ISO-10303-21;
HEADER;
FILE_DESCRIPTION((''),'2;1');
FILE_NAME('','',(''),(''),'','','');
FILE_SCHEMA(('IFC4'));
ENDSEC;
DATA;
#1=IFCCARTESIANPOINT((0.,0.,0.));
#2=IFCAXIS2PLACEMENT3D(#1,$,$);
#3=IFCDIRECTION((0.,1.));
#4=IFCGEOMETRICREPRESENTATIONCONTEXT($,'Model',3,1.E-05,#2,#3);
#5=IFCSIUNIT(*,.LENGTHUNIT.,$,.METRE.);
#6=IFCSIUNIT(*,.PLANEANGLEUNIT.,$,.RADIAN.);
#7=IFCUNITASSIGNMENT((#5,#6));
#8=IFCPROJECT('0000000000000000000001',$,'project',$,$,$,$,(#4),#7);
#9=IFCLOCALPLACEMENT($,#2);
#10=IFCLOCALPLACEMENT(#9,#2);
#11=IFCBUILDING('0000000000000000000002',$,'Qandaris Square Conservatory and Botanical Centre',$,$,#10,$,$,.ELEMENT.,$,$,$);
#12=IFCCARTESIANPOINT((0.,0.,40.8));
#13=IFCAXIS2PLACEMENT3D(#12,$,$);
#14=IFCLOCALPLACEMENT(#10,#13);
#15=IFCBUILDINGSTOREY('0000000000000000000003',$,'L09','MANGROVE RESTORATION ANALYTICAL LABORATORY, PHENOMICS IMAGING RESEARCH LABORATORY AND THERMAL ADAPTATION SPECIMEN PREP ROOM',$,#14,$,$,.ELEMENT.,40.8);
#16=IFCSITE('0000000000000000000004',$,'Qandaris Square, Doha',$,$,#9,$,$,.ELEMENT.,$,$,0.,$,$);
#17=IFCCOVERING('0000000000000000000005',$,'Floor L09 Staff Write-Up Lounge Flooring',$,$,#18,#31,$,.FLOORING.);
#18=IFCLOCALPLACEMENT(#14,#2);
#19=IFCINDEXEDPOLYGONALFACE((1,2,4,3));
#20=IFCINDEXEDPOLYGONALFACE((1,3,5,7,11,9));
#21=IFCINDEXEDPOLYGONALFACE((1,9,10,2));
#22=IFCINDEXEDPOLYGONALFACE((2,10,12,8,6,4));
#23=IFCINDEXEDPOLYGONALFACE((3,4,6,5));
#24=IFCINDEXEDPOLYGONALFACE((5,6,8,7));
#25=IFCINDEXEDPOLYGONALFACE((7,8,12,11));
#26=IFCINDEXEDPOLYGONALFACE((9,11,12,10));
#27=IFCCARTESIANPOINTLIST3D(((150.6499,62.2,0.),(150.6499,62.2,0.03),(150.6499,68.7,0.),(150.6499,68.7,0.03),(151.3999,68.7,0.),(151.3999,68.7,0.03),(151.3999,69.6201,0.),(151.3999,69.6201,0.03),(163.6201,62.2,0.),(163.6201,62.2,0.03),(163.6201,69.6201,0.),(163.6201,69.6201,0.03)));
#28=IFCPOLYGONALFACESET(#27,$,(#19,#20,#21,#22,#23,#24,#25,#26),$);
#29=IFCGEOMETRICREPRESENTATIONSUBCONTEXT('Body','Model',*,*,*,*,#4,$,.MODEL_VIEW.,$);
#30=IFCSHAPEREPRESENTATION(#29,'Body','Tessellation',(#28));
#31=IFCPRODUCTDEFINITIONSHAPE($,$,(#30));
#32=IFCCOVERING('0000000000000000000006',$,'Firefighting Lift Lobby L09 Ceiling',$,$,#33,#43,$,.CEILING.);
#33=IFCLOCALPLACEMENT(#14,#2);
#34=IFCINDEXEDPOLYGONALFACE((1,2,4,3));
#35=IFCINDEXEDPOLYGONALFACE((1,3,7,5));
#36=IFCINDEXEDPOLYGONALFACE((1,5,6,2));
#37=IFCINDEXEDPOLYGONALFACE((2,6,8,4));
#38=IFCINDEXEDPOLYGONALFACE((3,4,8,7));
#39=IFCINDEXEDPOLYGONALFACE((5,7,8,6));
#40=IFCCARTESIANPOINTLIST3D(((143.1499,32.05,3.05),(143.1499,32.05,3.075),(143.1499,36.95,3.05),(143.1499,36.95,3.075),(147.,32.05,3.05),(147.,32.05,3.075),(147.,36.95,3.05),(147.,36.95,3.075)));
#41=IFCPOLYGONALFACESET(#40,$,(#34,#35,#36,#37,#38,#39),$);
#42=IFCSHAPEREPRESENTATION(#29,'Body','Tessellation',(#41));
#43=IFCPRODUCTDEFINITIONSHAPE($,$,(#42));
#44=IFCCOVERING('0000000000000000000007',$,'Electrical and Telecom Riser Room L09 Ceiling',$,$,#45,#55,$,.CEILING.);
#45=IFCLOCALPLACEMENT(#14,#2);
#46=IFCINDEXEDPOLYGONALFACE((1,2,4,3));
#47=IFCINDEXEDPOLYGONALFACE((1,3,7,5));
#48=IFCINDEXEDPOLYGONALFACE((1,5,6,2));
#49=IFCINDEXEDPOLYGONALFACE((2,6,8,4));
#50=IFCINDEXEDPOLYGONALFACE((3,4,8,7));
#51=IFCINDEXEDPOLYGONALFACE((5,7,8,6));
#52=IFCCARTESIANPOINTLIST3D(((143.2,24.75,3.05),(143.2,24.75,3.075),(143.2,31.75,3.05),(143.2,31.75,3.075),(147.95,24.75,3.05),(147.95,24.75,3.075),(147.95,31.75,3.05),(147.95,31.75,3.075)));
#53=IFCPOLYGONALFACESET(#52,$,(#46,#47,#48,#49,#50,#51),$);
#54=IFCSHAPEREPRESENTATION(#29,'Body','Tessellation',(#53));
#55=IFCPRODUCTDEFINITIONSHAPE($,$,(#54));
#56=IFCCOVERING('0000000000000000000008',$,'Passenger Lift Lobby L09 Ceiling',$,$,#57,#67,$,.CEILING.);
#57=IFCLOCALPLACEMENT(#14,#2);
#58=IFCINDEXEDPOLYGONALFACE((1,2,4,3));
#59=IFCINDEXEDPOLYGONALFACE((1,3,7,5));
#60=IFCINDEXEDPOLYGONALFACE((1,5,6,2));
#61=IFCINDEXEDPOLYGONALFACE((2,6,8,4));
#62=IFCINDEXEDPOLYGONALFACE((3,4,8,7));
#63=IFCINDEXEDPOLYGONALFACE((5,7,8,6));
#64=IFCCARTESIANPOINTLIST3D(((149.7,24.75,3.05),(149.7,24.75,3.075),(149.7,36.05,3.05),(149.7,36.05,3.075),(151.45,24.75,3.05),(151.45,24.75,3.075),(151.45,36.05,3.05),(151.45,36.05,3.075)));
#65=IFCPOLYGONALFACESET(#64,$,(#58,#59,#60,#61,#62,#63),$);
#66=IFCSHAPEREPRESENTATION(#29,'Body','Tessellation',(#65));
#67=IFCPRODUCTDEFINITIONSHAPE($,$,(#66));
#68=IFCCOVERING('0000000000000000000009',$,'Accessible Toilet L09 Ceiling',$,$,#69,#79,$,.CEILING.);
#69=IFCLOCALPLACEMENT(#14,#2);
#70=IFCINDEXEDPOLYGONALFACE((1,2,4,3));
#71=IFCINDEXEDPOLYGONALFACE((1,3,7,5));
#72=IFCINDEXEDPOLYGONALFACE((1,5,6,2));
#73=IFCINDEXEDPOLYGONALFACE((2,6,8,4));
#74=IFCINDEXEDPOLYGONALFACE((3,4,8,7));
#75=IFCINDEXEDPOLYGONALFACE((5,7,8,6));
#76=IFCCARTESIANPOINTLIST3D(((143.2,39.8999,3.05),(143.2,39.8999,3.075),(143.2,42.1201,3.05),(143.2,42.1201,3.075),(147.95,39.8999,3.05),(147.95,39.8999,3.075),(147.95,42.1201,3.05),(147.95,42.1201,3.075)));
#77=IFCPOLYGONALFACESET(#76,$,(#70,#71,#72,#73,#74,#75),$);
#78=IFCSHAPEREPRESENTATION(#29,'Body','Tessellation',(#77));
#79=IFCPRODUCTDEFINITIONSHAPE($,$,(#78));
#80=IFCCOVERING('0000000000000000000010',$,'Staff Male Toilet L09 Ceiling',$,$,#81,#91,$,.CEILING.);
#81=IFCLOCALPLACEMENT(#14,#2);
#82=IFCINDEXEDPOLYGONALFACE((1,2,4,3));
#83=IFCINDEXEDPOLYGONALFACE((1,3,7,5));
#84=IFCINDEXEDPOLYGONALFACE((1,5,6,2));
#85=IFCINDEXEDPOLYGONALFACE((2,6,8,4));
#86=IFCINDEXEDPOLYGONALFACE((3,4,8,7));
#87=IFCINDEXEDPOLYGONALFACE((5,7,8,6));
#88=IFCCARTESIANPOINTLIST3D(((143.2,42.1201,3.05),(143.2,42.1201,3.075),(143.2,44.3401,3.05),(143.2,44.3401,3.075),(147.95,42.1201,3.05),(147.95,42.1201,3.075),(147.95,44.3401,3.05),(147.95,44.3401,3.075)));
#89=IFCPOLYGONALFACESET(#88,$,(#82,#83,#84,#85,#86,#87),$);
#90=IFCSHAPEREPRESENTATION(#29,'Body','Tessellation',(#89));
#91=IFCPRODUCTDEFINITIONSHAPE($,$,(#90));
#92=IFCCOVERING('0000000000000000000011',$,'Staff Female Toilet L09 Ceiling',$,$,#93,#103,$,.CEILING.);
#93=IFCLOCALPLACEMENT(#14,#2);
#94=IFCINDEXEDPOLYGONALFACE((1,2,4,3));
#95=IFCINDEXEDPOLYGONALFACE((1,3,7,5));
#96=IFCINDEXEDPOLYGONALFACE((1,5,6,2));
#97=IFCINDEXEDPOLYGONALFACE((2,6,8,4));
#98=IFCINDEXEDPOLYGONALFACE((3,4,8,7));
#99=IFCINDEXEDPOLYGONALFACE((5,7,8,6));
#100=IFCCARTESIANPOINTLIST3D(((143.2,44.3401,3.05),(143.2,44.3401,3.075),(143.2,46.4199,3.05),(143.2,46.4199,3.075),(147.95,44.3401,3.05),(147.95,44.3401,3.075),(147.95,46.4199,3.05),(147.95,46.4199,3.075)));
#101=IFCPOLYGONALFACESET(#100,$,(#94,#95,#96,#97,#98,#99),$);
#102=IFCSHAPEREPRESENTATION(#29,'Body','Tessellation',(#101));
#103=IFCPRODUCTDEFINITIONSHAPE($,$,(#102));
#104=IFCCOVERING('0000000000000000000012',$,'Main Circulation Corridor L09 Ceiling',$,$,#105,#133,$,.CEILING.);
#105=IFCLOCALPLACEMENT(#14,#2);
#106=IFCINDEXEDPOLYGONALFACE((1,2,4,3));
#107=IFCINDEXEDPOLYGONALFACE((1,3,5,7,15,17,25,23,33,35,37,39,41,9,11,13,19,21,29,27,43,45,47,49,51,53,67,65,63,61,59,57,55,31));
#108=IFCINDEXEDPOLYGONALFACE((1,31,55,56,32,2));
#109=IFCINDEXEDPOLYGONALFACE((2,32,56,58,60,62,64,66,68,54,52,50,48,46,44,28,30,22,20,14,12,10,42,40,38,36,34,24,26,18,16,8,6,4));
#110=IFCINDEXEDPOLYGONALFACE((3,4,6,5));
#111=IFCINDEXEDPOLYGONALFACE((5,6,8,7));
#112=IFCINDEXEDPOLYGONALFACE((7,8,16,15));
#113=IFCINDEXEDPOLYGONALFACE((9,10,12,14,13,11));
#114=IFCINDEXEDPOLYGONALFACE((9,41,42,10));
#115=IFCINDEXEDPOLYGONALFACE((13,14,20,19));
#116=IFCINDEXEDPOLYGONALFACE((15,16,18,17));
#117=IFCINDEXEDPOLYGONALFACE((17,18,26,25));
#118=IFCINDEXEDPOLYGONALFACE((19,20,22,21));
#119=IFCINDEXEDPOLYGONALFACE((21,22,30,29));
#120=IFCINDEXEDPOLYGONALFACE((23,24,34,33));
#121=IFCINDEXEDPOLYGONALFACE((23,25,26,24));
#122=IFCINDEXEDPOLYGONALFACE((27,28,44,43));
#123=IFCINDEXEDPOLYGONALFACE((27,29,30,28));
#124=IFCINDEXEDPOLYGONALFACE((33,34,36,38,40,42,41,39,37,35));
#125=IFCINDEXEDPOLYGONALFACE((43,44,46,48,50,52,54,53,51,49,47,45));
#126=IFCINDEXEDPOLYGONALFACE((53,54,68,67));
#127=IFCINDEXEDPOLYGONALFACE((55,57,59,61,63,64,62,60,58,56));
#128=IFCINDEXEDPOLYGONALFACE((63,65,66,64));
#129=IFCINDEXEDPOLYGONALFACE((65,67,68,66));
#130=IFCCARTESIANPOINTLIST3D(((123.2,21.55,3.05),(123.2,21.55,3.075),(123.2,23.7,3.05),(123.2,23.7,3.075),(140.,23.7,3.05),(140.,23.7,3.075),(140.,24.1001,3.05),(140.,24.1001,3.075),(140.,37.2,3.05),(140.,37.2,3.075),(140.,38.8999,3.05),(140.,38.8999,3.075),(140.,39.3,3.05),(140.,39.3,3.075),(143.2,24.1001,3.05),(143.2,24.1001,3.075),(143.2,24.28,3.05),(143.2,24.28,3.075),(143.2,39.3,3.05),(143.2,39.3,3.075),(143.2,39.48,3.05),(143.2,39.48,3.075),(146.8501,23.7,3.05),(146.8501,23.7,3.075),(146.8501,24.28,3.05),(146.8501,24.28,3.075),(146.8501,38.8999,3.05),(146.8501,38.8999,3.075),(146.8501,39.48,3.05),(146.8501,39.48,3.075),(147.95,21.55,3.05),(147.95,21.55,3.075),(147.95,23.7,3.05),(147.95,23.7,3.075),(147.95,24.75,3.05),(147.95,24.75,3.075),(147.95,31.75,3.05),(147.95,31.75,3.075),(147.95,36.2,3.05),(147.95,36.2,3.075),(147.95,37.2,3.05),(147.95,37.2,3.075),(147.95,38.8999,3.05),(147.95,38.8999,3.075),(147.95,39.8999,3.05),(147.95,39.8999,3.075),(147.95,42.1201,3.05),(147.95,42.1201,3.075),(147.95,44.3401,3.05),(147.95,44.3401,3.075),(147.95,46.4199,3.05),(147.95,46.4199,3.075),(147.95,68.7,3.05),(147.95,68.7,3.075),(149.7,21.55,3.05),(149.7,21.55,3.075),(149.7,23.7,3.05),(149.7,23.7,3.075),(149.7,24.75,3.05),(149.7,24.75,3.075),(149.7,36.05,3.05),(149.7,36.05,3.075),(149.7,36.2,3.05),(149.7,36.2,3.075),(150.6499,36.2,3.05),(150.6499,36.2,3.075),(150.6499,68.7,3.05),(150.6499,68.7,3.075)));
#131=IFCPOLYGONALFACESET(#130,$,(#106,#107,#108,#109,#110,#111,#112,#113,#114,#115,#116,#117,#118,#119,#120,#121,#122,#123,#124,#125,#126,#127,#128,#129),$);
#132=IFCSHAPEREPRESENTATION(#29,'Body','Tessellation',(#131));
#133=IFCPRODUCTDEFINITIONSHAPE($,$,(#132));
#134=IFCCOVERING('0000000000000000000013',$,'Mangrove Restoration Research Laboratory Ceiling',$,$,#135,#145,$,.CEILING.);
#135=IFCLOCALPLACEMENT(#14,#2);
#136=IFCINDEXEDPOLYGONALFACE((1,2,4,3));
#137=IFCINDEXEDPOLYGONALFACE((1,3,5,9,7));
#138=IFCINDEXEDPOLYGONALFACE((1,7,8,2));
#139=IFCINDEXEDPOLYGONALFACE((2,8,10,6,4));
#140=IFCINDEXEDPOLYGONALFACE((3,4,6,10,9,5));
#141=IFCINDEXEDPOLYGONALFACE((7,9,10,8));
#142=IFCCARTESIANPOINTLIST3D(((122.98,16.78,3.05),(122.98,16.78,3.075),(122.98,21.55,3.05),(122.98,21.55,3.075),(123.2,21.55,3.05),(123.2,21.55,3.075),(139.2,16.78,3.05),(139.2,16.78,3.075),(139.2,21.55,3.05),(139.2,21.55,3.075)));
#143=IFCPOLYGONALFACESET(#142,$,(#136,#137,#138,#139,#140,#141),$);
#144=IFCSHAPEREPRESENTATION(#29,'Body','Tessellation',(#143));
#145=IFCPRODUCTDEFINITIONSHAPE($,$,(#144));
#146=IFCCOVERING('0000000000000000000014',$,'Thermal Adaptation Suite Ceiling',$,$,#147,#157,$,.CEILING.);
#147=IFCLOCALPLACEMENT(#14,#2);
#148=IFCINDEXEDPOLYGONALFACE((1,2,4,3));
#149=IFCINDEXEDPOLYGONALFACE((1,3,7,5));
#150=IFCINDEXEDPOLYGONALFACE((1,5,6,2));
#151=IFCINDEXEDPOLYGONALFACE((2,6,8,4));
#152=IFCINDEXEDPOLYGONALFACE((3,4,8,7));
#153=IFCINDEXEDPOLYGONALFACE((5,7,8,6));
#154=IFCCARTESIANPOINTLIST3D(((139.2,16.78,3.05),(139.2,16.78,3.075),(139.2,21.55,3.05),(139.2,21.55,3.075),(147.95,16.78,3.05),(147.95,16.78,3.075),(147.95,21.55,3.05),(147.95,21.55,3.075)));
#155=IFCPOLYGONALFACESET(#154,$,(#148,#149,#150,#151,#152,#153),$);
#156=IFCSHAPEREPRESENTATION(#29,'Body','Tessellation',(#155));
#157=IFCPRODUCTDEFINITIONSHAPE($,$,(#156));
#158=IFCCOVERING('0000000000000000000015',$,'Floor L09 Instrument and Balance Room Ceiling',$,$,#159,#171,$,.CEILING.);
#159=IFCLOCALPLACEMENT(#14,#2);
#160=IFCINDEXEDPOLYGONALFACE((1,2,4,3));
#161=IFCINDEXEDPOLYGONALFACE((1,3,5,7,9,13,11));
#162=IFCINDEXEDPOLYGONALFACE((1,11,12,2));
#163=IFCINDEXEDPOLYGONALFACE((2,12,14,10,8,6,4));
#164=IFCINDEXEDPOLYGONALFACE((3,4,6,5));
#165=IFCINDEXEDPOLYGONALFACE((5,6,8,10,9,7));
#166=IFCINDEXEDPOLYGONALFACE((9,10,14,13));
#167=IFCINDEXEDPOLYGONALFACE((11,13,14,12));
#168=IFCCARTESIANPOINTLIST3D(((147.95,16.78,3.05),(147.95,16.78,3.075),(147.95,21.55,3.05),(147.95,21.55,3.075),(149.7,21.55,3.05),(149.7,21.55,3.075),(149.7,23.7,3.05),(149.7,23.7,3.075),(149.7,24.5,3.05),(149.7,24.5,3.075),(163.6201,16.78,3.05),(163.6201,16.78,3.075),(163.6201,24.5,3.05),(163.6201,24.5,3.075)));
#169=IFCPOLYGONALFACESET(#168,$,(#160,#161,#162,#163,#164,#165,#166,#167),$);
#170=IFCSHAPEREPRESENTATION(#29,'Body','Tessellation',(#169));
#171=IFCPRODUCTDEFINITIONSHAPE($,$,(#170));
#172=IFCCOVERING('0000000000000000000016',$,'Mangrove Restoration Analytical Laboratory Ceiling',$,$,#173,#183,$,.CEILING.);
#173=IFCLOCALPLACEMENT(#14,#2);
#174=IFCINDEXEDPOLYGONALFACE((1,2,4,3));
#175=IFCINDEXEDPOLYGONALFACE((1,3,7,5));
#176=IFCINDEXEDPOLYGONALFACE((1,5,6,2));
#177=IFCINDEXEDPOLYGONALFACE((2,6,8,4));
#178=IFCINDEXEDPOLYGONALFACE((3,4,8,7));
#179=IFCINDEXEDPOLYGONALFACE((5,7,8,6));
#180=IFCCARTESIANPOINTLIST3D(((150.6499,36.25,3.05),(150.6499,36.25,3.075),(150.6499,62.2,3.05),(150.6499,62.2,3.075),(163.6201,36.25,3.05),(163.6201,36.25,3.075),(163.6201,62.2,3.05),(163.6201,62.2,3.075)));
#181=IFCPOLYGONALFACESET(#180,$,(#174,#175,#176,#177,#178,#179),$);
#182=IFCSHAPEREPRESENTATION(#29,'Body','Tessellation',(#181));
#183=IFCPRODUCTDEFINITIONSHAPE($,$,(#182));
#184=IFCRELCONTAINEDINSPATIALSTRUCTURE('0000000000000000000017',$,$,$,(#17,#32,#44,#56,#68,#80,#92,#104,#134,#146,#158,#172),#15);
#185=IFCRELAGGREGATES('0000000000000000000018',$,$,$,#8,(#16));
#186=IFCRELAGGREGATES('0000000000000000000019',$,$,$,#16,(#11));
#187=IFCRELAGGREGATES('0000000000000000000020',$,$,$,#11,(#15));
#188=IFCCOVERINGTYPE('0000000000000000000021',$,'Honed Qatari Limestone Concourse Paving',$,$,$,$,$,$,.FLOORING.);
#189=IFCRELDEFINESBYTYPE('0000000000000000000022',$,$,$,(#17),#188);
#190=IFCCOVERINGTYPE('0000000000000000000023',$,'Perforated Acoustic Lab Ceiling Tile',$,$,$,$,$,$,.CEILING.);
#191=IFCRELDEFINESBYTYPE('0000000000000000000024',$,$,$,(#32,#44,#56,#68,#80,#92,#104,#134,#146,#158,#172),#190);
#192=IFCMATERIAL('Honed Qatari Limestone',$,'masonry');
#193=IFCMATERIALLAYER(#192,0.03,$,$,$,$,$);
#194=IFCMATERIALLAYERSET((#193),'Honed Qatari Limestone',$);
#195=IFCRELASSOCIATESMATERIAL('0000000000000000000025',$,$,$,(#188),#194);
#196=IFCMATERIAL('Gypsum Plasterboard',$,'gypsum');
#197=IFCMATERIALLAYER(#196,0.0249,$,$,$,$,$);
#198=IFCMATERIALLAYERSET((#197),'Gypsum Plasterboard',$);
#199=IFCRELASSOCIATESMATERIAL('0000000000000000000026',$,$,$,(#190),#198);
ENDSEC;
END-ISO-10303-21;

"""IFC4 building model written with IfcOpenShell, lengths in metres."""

from ifc_helpers import new_model, si_unit, direction, frame, origin, place, context, subcontext, project, spatial, polyline, outline, extrude, material, layer, layer_set, type_object, element, save


model = new_model("IFC4")

# Units and contexts
model_context = context("Model", 3, precision=1e-05, world=origin(), true_north=direction((0.0, 1.0)))
body_context = subcontext(model_context, "Body", "Model", "MODEL_VIEW")
ifc_project = project(units=[si_unit("LENGTHUNIT", "METRE"), si_unit("PLANEANGLEUNIT", "RADIAN")], contexts=[model_context])

# Site, building, storey
site_placement = place(None, origin())
site = spatial("IfcSite", under=ifc_project, at=site_placement, Name="Qandaris Square, Doha", CompositionType="ELEMENT", RefElevation=0.0)
building_placement = place(site_placement, origin())
building = spatial("IfcBuilding", under=site, at=building_placement, Name="Qandaris Square Conservatory and Botanical Centre", CompositionType="ELEMENT")
storey_placement = place(building_placement, frame((0.0, 0.0, 40.8)))
storey = spatial("IfcBuildingStorey", under=building, at=storey_placement, Name="L09", Description="MANGROVE RESTORATION ANALYTICAL LABORATORY, PHENOMICS IMAGING RESEARCH LABORATORY AND THERMAL ADAPTATION SPECIMEN PREP ROOM", CompositionType="ELEMENT", Elevation=40.8)

# Coverings
ifc_material_1 = material(Name="Honed Qatari Limestone", Category="masonry")
ifc_layer_1 = layer(ifc_material_1, 0.03)
ifc_layer_set_1 = layer_set([ifc_layer_1], Name="Honed Qatari Limestone")
covering_type_1 = type_object("IfcCoveringType", Name="Honed Qatari Limestone Concourse Paving", PredefinedType="FLOORING", material=ifc_layer_set_1)
covering_1_placement = place(storey_placement, origin())
element("IfcCovering", 1, at=covering_1_placement, inside=storey, type_object=covering_type_1, Name="Floor L09 Staff Write-Up Lounge Flooring", PredefinedType="FLOORING", context=body_context, shape_type="SweptSolid", body=[
    extrude(outline(polyline([(150.6499, 62.2), (150.6499, 68.7), (151.3999, 68.7), (151.3999, 69.6201), (163.6201, 69.6201), (163.6201, 62.2), (150.6499, 62.2)])), origin(), (0.0, 0.0, 1.0), 0.03),
])
ifc_material_2 = material(Name="Gypsum Plasterboard", Category="gypsum")
ifc_layer_2 = layer(ifc_material_2, 0.0249)
ifc_layer_set_2 = layer_set([ifc_layer_2], Name="Gypsum Plasterboard")
covering_type_2 = type_object("IfcCoveringType", Name="Perforated Acoustic Lab Ceiling Tile", PredefinedType="CEILING", material=ifc_layer_set_2)
covering_2_placement = place(storey_placement, frame((0.0, 0.0, 3.05)))
element("IfcCovering", 2, at=covering_2_placement, inside=storey, type_object=covering_type_2, Name="Firefighting Lift Lobby L09 Ceiling", PredefinedType="CEILING", context=body_context, shape_type="SweptSolid", body=[
    extrude(outline(polyline([(143.1499, 36.95), (147.0, 36.95), (147.0, 32.05), (143.1499, 32.05), (143.1499, 36.95)])), origin(), (0.0, 0.0, 1.0), 0.0249),
])
covering_3_placement = place(storey_placement, frame((0.0, 0.0, 3.05)))
element("IfcCovering", 3, at=covering_3_placement, inside=storey, type_object=covering_type_2, Name="Electrical and Telecom Riser Room L09 Ceiling", PredefinedType="CEILING", context=body_context, shape_type="SweptSolid", body=[
    extrude(outline(polyline([(147.95, 31.75), (147.95, 24.75), (143.2, 24.75), (143.2, 31.75), (147.95, 31.75)])), origin(), (0.0, 0.0, 1.0), 0.0249),
])
covering_4_placement = place(storey_placement, frame((0.0, 0.0, 3.05)))
element("IfcCovering", 4, at=covering_4_placement, inside=storey, type_object=covering_type_2, Name="Passenger Lift Lobby L09 Ceiling", PredefinedType="CEILING", context=body_context, shape_type="SweptSolid", body=[
    extrude(outline(polyline([(149.7, 36.05), (151.45, 36.05), (151.45, 24.75), (149.7, 24.75), (149.7, 36.05)])), origin(), (0.0, 0.0, 1.0), 0.0249),
])
covering_5_placement = place(storey_placement, frame((0.0, 0.0, 3.05)))
element("IfcCovering", 5, at=covering_5_placement, inside=storey, type_object=covering_type_2, Name="Accessible Toilet L09 Ceiling", PredefinedType="CEILING", context=body_context, shape_type="SweptSolid", body=[
    extrude(outline(polyline([(147.95, 42.1201), (147.95, 39.8999), (143.2, 39.8999), (143.2, 42.1201), (147.95, 42.1201)])), origin(), (0.0, 0.0, 1.0), 0.0249),
])
covering_6_placement = place(storey_placement, frame((0.0, 0.0, 3.05)))
element("IfcCovering", 6, at=covering_6_placement, inside=storey, type_object=covering_type_2, Name="Staff Male Toilet L09 Ceiling", PredefinedType="CEILING", context=body_context, shape_type="SweptSolid", body=[
    extrude(outline(polyline([(147.95, 44.3401), (147.95, 42.1201), (143.2, 42.1201), (143.2, 44.3401), (147.95, 44.3401)])), origin(), (0.0, 0.0, 1.0), 0.0249),
])
covering_7_placement = place(storey_placement, frame((0.0, 0.0, 3.05)))
element("IfcCovering", 7, at=covering_7_placement, inside=storey, type_object=covering_type_2, Name="Staff Female Toilet L09 Ceiling", PredefinedType="CEILING", context=body_context, shape_type="SweptSolid", body=[
    extrude(outline(polyline([(147.95, 46.4199), (147.95, 44.3401), (143.2, 44.3401), (143.2, 46.4199), (147.95, 46.4199)])), origin(), (0.0, 0.0, 1.0), 0.0249),
])
covering_8_placement = place(storey_placement, frame((0.0, 0.0, 3.05)))
element("IfcCovering", 8, at=covering_8_placement, inside=storey, type_object=covering_type_2, Name="Main Circulation Corridor L09 Ceiling", PredefinedType="CEILING", context=body_context, shape_type="SweptSolid", body=[
    extrude(outline(polyline([(140.0, 24.1001), (143.2, 24.1001), (143.2, 24.28), (146.8501, 24.28), (146.8501, 23.7), (147.95, 23.7), (147.95, 24.75), (147.95, 31.75), (147.95, 36.2), (147.95, 37.2), (140.0, 37.2), (140.0, 38.8999), (140.0, 39.3), (143.2, 39.3), (143.2, 39.48), (146.8501, 39.48), (146.8501, 38.8999), (147.95, 38.8999), (147.95, 39.8999), (147.95, 42.1201), (147.95, 44.3401), (147.95, 46.4199), (147.95, 68.7), (150.6499, 68.7), (150.6499, 36.2), (149.7, 36.2), (149.7, 36.05), (149.7, 24.75), (149.7, 23.7), (149.7, 21.55), (147.95, 21.55), (123.2, 21.55), (123.2, 23.7), (140.0, 23.7), (140.0, 24.1001)])), origin(), (0.0, 0.0, 1.0), 0.0249),
])
covering_9_placement = place(storey_placement, frame((0.0, 0.0, 3.05)))
element("IfcCovering", 9, at=covering_9_placement, inside=storey, type_object=covering_type_2, Name="Mangrove Restoration Research Laboratory Ceiling", PredefinedType="CEILING", context=body_context, shape_type="SweptSolid", body=[
    extrude(outline(polyline([(123.2, 21.55), (139.2, 21.55), (139.2, 16.78), (122.98, 16.78), (122.98, 21.55), (123.2, 21.55)])), origin(), (0.0, 0.0, 1.0), 0.0249),
])
covering_10_placement = place(storey_placement, frame((0.0, 0.0, 3.05)))
element("IfcCovering", 10, at=covering_10_placement, inside=storey, type_object=covering_type_2, Name="Thermal Adaptation Suite Ceiling", PredefinedType="CEILING", context=body_context, shape_type="SweptSolid", body=[
    extrude(outline(polyline([(147.95, 21.55), (147.95, 16.78), (139.2, 16.78), (139.2, 21.55), (147.95, 21.55)])), origin(), (0.0, 0.0, 1.0), 0.0249),
])
covering_11_placement = place(storey_placement, frame((0.0, 0.0, 3.05)))
element("IfcCovering", 11, at=covering_11_placement, inside=storey, type_object=covering_type_2, Name="Floor L09 Instrument and Balance Room Ceiling", PredefinedType="CEILING", context=body_context, shape_type="SweptSolid", body=[
    extrude(outline(polyline([(147.95, 21.55), (149.7, 21.55), (149.7, 23.7), (149.7, 24.5), (163.6201, 24.5), (163.6201, 16.78), (147.95, 16.78), (147.95, 21.55)])), origin(), (0.0, 0.0, 1.0), 0.0249),
])
covering_12_placement = place(storey_placement, frame((0.0, 0.0, 3.05)))
element("IfcCovering", 12, at=covering_12_placement, inside=storey, type_object=covering_type_2, Name="Mangrove Restoration Analytical Laboratory Ceiling", PredefinedType="CEILING", context=body_context, shape_type="SweptSolid", body=[
    extrude(outline(polyline([(150.6499, 62.2), (163.6201, 62.2), (163.6201, 36.25), (150.6499, 36.25), (150.6499, 62.2)])), origin(), (0.0, 0.0, 1.0), 0.0249),
])

save(model, "model.ifc")
